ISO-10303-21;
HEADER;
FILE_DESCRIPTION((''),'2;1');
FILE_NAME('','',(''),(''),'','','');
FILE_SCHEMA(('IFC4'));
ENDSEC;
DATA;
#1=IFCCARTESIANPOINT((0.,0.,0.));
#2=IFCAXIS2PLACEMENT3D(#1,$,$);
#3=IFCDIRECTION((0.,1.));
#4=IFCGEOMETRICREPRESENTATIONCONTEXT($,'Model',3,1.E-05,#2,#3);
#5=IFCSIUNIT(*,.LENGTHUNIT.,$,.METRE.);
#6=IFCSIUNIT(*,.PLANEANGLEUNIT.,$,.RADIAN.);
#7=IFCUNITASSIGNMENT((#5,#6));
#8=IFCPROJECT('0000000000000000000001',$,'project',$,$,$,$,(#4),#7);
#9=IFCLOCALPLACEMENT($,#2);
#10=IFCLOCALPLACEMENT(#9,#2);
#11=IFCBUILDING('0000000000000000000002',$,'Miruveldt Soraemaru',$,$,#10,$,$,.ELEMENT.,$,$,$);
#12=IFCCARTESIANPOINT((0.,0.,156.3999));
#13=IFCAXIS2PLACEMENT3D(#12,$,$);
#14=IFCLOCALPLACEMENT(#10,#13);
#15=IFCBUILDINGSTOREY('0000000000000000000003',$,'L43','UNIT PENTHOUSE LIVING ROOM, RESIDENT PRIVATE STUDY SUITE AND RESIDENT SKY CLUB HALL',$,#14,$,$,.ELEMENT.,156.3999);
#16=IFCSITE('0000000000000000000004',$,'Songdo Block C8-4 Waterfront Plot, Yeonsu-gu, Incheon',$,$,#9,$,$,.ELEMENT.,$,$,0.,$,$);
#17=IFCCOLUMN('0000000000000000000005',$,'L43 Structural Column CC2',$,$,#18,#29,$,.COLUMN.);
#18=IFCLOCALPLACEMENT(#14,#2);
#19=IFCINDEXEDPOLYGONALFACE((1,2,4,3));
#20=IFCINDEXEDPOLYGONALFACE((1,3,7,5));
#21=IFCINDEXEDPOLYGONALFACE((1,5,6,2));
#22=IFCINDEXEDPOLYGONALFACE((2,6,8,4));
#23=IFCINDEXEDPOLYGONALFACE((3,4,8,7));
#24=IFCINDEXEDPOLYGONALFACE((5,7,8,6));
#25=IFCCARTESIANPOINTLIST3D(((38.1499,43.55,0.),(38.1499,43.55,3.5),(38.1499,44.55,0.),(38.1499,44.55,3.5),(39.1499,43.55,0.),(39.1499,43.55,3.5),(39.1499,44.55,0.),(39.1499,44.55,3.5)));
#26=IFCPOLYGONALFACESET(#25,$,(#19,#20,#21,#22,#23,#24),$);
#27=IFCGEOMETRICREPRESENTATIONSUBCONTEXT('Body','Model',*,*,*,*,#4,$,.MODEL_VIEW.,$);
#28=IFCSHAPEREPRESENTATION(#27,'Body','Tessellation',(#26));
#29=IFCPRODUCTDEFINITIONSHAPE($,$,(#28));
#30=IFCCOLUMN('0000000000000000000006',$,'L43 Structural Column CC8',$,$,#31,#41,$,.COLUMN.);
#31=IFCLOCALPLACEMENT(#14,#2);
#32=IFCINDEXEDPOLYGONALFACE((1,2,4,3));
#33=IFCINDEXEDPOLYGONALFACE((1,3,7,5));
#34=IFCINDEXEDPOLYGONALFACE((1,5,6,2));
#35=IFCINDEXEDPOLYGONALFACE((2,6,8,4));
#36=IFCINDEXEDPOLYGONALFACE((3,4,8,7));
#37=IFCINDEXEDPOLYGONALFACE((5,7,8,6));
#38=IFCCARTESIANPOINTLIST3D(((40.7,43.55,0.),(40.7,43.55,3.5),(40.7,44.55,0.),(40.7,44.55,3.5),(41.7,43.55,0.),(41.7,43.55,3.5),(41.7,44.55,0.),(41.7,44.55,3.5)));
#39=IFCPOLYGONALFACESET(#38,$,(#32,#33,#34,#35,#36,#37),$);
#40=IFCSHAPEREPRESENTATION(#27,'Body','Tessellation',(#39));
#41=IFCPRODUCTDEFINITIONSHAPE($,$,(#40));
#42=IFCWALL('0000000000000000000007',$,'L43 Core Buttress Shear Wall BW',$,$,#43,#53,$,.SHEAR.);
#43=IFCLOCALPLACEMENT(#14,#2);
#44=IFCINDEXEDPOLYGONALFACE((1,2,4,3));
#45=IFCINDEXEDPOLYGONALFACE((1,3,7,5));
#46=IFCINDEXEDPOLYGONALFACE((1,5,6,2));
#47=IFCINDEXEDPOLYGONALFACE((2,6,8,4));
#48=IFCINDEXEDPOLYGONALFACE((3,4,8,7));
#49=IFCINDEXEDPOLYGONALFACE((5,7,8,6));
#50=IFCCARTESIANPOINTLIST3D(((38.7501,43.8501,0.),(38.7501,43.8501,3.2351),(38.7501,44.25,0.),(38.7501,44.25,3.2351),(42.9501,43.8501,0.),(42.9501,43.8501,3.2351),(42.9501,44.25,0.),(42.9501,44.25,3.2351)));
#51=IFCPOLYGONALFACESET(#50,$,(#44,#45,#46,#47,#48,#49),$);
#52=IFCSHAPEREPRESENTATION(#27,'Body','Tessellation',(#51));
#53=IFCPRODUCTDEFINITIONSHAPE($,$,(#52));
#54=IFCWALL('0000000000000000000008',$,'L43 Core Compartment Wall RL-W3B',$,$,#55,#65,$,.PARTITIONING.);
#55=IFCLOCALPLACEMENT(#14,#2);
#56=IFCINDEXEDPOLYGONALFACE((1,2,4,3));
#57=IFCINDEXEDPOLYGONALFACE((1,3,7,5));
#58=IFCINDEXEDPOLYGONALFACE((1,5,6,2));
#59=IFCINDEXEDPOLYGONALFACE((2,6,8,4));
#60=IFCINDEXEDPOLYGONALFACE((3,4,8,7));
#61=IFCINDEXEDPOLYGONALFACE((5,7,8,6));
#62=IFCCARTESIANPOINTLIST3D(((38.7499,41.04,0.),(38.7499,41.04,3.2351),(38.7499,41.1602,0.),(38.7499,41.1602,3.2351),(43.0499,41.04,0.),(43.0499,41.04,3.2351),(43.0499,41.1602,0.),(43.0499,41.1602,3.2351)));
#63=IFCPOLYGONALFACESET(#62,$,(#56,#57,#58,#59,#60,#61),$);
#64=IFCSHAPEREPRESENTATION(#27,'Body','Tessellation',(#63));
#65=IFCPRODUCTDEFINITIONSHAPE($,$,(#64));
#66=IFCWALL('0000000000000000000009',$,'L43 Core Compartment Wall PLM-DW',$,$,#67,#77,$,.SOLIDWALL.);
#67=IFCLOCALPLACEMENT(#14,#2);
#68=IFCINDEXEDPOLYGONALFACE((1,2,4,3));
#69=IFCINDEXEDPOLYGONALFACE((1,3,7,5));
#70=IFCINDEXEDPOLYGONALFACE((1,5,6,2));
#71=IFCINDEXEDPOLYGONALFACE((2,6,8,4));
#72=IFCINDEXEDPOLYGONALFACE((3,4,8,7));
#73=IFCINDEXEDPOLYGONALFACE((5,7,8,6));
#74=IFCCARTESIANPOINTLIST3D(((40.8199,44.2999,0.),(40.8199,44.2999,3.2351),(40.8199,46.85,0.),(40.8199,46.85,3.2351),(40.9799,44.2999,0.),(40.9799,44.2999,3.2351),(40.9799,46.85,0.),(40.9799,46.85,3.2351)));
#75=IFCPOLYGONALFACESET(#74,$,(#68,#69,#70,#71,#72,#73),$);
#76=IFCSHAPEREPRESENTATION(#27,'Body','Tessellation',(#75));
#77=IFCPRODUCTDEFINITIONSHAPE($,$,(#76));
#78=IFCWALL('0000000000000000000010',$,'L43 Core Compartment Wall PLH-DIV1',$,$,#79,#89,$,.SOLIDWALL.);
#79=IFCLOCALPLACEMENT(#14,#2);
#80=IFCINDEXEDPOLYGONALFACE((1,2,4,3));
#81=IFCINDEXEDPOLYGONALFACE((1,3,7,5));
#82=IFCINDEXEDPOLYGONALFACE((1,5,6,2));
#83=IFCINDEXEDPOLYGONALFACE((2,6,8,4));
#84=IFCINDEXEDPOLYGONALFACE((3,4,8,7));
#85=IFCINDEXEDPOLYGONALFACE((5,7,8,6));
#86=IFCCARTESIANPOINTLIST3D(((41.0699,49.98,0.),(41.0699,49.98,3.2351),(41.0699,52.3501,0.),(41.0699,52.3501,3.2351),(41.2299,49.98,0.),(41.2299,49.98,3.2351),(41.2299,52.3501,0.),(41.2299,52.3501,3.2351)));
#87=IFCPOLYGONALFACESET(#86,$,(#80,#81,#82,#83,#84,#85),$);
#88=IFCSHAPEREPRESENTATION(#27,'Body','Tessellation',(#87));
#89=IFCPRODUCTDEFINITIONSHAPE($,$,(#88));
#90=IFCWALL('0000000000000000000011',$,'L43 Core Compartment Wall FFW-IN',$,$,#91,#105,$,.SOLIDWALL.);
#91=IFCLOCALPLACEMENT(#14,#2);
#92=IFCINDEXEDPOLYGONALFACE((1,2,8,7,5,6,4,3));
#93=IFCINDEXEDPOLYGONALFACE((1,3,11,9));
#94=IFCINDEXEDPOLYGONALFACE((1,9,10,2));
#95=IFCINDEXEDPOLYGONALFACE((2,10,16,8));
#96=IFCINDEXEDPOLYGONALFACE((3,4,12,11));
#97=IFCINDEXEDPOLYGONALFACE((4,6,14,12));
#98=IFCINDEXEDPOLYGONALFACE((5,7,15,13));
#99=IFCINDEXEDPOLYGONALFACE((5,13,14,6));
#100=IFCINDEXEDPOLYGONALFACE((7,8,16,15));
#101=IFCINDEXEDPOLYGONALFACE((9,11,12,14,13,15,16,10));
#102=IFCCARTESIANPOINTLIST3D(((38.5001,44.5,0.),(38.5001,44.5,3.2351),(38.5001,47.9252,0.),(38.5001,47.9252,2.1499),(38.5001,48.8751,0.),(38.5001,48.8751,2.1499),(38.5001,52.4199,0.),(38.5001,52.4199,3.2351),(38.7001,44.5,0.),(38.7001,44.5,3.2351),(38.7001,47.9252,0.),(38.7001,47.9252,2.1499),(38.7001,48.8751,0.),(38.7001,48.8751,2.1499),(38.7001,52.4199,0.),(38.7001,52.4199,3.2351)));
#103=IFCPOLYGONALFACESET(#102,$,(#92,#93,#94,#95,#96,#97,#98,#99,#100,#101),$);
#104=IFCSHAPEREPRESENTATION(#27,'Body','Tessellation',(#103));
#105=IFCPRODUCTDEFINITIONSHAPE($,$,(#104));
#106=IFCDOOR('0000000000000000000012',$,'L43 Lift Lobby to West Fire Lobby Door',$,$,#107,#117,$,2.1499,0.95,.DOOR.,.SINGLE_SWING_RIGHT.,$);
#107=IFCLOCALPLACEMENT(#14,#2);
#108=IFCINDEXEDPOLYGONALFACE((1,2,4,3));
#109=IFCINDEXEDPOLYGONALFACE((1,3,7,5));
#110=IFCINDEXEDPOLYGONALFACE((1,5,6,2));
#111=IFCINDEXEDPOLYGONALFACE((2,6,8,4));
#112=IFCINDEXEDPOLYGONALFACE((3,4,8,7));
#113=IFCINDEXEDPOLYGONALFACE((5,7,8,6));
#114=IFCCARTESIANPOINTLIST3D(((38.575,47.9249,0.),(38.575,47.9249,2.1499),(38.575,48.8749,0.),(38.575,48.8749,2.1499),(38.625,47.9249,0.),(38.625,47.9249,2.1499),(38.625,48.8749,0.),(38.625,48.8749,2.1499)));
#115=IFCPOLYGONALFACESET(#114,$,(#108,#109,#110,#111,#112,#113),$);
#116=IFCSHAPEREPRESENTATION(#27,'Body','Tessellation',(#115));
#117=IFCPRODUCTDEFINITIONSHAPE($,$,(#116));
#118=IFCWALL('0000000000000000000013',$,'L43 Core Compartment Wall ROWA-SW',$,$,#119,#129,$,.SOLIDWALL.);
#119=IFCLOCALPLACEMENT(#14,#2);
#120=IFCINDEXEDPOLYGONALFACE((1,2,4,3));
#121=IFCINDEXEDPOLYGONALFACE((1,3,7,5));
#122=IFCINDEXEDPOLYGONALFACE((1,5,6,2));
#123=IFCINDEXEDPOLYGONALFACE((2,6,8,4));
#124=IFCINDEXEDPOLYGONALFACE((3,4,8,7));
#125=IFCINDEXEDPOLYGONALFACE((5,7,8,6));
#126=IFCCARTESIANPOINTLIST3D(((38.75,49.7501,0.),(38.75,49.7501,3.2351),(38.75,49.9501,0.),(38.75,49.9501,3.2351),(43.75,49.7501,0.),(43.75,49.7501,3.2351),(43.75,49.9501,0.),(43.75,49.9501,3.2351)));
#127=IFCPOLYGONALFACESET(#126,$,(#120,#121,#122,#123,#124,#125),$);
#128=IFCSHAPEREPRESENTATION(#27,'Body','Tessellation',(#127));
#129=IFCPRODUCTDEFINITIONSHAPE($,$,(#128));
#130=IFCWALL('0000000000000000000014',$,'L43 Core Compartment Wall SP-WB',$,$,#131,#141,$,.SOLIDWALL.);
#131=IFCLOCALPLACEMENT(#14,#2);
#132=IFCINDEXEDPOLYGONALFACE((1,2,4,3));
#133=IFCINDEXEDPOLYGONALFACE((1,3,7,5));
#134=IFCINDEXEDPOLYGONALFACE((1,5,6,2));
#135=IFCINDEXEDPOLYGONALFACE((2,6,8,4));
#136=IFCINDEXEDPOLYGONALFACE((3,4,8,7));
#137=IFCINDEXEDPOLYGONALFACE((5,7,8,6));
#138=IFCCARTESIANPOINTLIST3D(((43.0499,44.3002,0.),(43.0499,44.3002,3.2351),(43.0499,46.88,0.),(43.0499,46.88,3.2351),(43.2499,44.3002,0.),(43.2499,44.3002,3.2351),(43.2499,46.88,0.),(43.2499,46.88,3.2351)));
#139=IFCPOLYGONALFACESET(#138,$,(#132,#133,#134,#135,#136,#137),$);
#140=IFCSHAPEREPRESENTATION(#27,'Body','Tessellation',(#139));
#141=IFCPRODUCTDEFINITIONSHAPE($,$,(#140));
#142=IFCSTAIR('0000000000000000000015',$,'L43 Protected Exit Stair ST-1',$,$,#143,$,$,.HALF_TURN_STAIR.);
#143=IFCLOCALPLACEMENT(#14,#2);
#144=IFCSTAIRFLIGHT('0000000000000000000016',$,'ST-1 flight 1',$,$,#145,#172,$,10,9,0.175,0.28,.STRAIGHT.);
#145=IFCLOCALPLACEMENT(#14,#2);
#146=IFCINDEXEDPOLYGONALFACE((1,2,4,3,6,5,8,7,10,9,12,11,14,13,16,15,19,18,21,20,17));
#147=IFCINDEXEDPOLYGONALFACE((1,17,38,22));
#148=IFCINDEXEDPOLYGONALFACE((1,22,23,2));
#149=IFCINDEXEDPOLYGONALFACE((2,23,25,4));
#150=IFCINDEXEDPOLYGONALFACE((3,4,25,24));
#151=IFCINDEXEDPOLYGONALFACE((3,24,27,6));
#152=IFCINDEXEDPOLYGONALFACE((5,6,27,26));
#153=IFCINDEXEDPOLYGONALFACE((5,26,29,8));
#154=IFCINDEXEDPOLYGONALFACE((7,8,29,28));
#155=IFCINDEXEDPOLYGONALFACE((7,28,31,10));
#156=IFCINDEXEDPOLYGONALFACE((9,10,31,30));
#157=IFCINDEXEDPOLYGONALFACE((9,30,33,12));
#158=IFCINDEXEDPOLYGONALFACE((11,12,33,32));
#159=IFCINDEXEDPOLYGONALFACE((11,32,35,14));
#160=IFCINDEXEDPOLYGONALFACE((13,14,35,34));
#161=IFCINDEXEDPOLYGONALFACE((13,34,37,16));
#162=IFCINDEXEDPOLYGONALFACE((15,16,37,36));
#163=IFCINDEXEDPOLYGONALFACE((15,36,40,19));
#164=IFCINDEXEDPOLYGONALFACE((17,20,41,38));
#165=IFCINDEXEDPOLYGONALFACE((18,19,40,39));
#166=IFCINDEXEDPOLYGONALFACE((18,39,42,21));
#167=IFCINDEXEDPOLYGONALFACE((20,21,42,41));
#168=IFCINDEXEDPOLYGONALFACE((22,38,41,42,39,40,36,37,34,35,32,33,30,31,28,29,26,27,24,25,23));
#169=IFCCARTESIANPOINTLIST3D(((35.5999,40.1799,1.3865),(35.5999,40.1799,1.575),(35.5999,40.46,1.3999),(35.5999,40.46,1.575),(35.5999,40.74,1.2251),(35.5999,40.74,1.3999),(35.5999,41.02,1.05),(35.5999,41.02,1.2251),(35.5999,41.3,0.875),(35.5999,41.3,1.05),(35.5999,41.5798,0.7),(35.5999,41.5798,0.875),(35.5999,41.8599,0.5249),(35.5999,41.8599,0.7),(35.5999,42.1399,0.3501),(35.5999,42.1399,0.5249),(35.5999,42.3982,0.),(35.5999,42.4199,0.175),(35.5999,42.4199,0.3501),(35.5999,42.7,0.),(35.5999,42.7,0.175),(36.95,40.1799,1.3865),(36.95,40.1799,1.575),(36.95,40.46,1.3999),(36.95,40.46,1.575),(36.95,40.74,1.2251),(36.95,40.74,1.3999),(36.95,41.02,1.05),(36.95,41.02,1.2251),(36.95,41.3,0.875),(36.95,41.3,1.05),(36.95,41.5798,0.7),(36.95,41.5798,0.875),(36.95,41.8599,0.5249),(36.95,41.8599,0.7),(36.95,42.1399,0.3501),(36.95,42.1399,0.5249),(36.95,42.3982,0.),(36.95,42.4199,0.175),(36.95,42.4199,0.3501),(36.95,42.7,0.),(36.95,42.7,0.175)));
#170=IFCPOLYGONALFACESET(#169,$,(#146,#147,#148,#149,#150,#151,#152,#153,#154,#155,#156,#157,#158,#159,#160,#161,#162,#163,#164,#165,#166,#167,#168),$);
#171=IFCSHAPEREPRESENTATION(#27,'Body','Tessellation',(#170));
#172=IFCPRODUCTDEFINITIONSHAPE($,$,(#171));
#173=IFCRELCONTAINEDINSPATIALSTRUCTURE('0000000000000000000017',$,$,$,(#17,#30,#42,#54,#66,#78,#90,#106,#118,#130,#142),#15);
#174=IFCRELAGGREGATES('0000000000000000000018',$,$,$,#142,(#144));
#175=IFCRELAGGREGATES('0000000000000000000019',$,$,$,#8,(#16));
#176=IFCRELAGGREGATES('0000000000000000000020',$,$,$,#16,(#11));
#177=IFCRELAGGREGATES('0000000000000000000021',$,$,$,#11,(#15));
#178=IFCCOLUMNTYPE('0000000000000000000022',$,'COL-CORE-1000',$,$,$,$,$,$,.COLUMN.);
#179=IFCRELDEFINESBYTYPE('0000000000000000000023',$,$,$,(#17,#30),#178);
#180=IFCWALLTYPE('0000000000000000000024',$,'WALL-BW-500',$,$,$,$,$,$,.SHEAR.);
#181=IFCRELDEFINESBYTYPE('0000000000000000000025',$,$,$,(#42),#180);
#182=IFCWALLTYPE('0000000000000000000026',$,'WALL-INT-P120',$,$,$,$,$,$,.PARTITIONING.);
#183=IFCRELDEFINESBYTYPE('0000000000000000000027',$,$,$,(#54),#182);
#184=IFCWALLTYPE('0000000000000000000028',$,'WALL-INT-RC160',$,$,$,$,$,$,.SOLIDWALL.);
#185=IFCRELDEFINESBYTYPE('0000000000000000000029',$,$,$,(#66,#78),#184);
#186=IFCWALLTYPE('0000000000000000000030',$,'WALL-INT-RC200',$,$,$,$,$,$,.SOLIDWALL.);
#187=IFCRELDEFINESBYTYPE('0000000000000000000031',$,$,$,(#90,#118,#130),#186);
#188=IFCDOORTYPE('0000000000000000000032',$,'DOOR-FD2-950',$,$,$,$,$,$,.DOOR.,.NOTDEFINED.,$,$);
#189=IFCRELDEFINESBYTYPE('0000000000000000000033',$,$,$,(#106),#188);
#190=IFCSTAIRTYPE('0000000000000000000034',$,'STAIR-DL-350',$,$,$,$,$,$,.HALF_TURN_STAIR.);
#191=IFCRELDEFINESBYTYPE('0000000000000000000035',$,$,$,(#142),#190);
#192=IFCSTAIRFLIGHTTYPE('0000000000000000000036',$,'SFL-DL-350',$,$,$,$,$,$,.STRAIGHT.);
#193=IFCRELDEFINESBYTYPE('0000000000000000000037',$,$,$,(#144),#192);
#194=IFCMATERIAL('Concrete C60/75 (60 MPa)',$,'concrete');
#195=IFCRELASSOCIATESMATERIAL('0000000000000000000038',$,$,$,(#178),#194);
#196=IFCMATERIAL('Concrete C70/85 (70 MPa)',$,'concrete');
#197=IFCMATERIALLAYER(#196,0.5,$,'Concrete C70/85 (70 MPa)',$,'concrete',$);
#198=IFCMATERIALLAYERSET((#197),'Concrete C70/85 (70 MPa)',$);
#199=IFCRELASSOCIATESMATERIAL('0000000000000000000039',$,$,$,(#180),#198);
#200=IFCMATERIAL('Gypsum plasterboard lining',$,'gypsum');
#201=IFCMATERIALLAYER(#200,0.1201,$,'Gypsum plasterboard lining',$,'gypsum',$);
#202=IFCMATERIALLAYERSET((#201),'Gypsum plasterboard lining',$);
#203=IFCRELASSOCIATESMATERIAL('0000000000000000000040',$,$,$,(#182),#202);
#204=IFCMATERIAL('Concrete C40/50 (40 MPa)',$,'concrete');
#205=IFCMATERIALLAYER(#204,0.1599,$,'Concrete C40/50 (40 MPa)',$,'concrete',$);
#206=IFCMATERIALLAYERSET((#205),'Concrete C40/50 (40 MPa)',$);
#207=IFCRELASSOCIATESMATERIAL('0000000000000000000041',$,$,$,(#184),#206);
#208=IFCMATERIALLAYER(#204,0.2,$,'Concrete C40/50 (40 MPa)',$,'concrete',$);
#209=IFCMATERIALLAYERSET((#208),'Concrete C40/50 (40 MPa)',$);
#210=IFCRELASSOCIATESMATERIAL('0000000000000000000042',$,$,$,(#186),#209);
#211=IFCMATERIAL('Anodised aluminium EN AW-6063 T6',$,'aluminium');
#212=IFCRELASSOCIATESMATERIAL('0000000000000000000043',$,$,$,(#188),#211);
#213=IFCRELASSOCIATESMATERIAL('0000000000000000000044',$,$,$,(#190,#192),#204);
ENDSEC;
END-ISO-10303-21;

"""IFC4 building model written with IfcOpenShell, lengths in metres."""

from ifc_helpers import new_model, si_unit, direction, frame, frame_2d, origin, origin_2d, place, context, subcontext, project, spatial, polyline, rectangle, outline, extrude, material, layer, layer_set, material_profile, profile_set, type_object, element, fill, aggregate, save


model = new_model("IFC4")

# Units and contexts
model_context = context("Model", 3, precision=1e-05, world=origin(), true_north=direction((0.0, 1.0)))
body_context = subcontext(model_context, "Body", "Model", "MODEL_VIEW")
ifc_project = project(units=[si_unit("LENGTHUNIT", "METRE"), si_unit("PLANEANGLEUNIT", "RADIAN")], contexts=[model_context])

# Site, building, storey
site_placement = place(None, origin())
site = spatial("IfcSite", under=ifc_project, at=site_placement, Name="Songdo Block C8-4 Waterfront Plot, Yeonsu-gu, Incheon", CompositionType="ELEMENT", RefElevation=0.0)
building_placement = place(site_placement, origin())
building = spatial("IfcBuilding", under=site, at=building_placement, Name="Miruveldt Soraemaru", CompositionType="ELEMENT")
storey_placement = place(building_placement, frame((0.0, 0.0, 156.3999)))
storey = spatial("IfcBuildingStorey", under=building, at=storey_placement, Name="L43", Description="UNIT PENTHOUSE LIVING ROOM, RESIDENT PRIVATE STUDY SUITE AND RESIDENT SKY CLUB HALL", CompositionType="ELEMENT", Elevation=156.3999)

# Columns
ifc_material_1 = material(Name="Concrete C60/75 (60 MPa)", Category="concrete")
ifc_material_profile = material_profile(ifc_material_1, rectangle(XDim=1.0, YDim=1.0, at=origin_2d()), Name="Concrete C60/75 (60 MPa)", Category="concrete")
ifc_profile_set = profile_set([ifc_material_profile], Name="Concrete C60/75 (60 MPa)")
column_type = type_object("IfcColumnType", Name="COL-CORE-1000", PredefinedType="COLUMN", material=ifc_profile_set)
for number, where, z_axis, x_axis, name in (
    (1, (38.6499, 44.05, 0.0), (0.0, 0.0, 1.0), (1.0, 0.0, 0.0), "L43 Structural Column CC2"),
    (2, (41.2, 44.05, 0.0), (0.0, 0.0, 1.0), (1.0, 0.0, 0.0), "L43 Structural Column CC8"),
):
    element("IfcColumn", number, at=place(storey_placement, frame(where, z_axis=z_axis, x_axis=x_axis)), inside=storey, type_object=column_type, Name=name, PredefinedType="COLUMN", context=body_context, shape_type="SweptSolid", body=[
        extrude(rectangle(XDim=1.0, YDim=1.0, at=origin_2d()), origin(), (0.0, 0.0, 1.0), 3.5),
    ])

# Walls
ifc_material_2 = material(Name="Concrete C70/85 (70 MPa)", Category="concrete")
ifc_layer_1 = layer(ifc_material_2, 0.5, Name="Concrete C70/85 (70 MPa)", Category="concrete")
ifc_layer_set_1 = layer_set([ifc_layer_1], Name="Concrete C70/85 (70 MPa)")
wall_type_1 = type_object("IfcWallType", Name="WALL-BW-500", PredefinedType="SHEAR", material=ifc_layer_set_1)
wall_1_placement = place(storey_placement, frame((38.75, 44.05, 0.0), z_axis=(0.0, 0.0, 1.0), x_axis=(1.0, 0.0, 0.0)))
element("IfcWall", 3, at=wall_1_placement, inside=storey, type_object=wall_type_1, Name="L43 Core Buttress Shear Wall BW", PredefinedType="SHEAR", context=body_context, shape_type="SweptSolid", body=[
    extrude(rectangle(XDim=4.2, YDim=0.3999, at=frame_2d((2.1001, 0.0))), origin(), (0.0, 0.0, 1.0), 3.2351),
])
ifc_material_3 = material(Name="Gypsum plasterboard lining", Category="gypsum")
ifc_layer_2 = layer(ifc_material_3, 0.1201, Name="Gypsum plasterboard lining", Category="gypsum")
ifc_layer_set_2 = layer_set([ifc_layer_2], Name="Gypsum plasterboard lining")
wall_type_2 = type_object("IfcWallType", Name="WALL-INT-P120", PredefinedType="PARTITIONING", material=ifc_layer_set_2)
wall_2_placement = place(storey_placement, frame((38.75, 41.1001, 0.0), z_axis=(0.0, 0.0, 1.0), x_axis=(1.0, 0.0, 0.0)))
element("IfcWall", 4, at=wall_2_placement, inside=storey, type_object=wall_type_2, Name="L43 Core Compartment Wall RL-W3B", PredefinedType="PARTITIONING", context=body_context, shape_type="SweptSolid", body=[
    extrude(rectangle(XDim=4.3, YDim=0.1201, at=frame_2d((2.1499, 0.0))), origin(), (0.0, 0.0, 1.0), 3.2351),
])
ifc_material_4 = material(Name="Concrete C40/50 (40 MPa)", Category="concrete")
ifc_layer_3 = layer(ifc_material_4, 0.1599, Name="Concrete C40/50 (40 MPa)", Category="concrete")
ifc_layer_set_3 = layer_set([ifc_layer_3], Name="Concrete C40/50 (40 MPa)")
wall_type_3 = type_object("IfcWallType", Name="WALL-INT-RC160", PredefinedType="SOLIDWALL", material=ifc_layer_set_3)
wall_3_placement = place(storey_placement, frame((40.8999, 44.3, 0.0), z_axis=(0.0, 0.0, 1.0), x_axis=(0.0, 1.0, 0.0)))
element("IfcWall", 5, at=wall_3_placement, inside=storey, type_object=wall_type_3, Name="L43 Core Compartment Wall PLM-DW", PredefinedType="SOLIDWALL", context=body_context, shape_type="SweptSolid", body=[
    extrude(rectangle(XDim=2.55, YDim=0.1599, at=frame_2d((1.2749, 0.0))), origin(), (0.0, 0.0, 1.0), 3.2351),
])
wall_4_placement = place(storey_placement, frame((41.1499, 49.98, 0.0), z_axis=(0.0, 0.0, 1.0), x_axis=(0.0, 1.0, 0.0)))
element("IfcWall", 6, at=wall_4_placement, inside=storey, type_object=wall_type_3, Name="L43 Core Compartment Wall PLH-DIV1", PredefinedType="SOLIDWALL", context=body_context, shape_type="SweptSolid", body=[
    extrude(rectangle(XDim=2.3701, YDim=0.1599, at=frame_2d((1.1851, 0.0))), origin(), (0.0, 0.0, 1.0), 3.2351),
])

# Wall, opening, door
ifc_layer_4 = layer(ifc_material_4, 0.2, Name="Concrete C40/50 (40 MPa)", Category="concrete")
ifc_layer_set_4 = layer_set([ifc_layer_4], Name="Concrete C40/50 (40 MPa)")
wall_type_4 = type_object("IfcWallType", Name="WALL-INT-RC200", PredefinedType="SOLIDWALL", material=ifc_layer_set_4)
wall_5_placement = place(storey_placement, frame((38.6001, 44.5, 0.0), z_axis=(0.0, 0.0, 1.0), x_axis=(0.0, 1.0, 0.0)))
wall_5 = element("IfcWall", 7, at=wall_5_placement, inside=storey, type_object=wall_type_4, Name="L43 Core Compartment Wall FFW-IN", PredefinedType="SOLIDWALL", context=body_context, shape_type="SweptSolid", body=[
    extrude(rectangle(XDim=7.9199, YDim=0.2, at=frame_2d((3.96, 0.0))), origin(), (0.0, 0.0, 1.0), 3.2351),
])
opening_1_placement = place(wall_5_placement, frame((3.425, 0.0, 0.0)))
opening_1 = element("IfcOpeningElement", 8, at=opening_1_placement, cuts=wall_5, PredefinedType="OPENING", context=body_context, shape_type="SweptSolid", body=[
    extrude(rectangle(XDim=0.95, YDim=2.1499, at=frame_2d((0.4751, 1.075))), frame((0.0, 0.1099, 0.0), z_axis=(0.0, -1.0, 0.0), x_axis=(1.0, 0.0, 0.0)), (0.0, 0.0, 1.0), 0.22),
])
ifc_material_5 = material(Name="Anodised aluminium EN AW-6063 T6", Category="aluminium")
door_type_1 = type_object("IfcDoorType", Name="DOOR-FD2-950", OperationType="NOTDEFINED", PredefinedType="DOOR", material=ifc_material_5)
door_1_placement = place(opening_1_placement, frame((0.95, 0.0, 0.0), z_axis=(0.0, 0.0, 1.0), x_axis=(-1.0, 0.0, 0.0)))
door_1 = element("IfcDoor", 9, at=door_1_placement, inside=storey, type_object=door_type_1, Name="L43 Lift Lobby to West Fire Lobby Door", OperationType="SINGLE_SWING_RIGHT", OverallHeight=2.1499, OverallWidth=0.95, PredefinedType="DOOR", context=body_context, shape_type="SweptSolid", body=[
    extrude(rectangle(XDim=0.95, YDim=2.1499, at=frame_2d((0.4751, 1.075))), frame((0.0, 0.0249, 0.0), z_axis=(0.0, -1.0, 0.0), x_axis=(1.0, 0.0, 0.0)), (0.0, 0.0, 1.0), 0.05),
])
fill(opening_1, door_1)

# Walls
wall_6_placement = place(storey_placement, frame((38.75, 49.8501, 0.0), z_axis=(0.0, 0.0, 1.0), x_axis=(1.0, 0.0, 0.0)))
element("IfcWall", 10, at=wall_6_placement, inside=storey, type_object=wall_type_4, Name="L43 Core Compartment Wall ROWA-SW", PredefinedType="SOLIDWALL", context=body_context, shape_type="SweptSolid", body=[
    extrude(rectangle(XDim=5.0, YDim=0.2, at=frame_2d((2.5, 0.0))), origin(), (0.0, 0.0, 1.0), 3.2351),
])
wall_7_placement = place(storey_placement, frame((43.1499, 44.3, 0.0), z_axis=(0.0, 0.0, 1.0), x_axis=(0.0, 1.0, 0.0)))
element("IfcWall", 11, at=wall_7_placement, inside=storey, type_object=wall_type_4, Name="L43 Core Compartment Wall SP-WB", PredefinedType="SOLIDWALL", context=body_context, shape_type="SweptSolid", body=[
    extrude(rectangle(XDim=2.5798, YDim=0.2, at=frame_2d((1.29, 0.0))), origin(), (0.0, 0.0, 1.0), 3.2351),
])

# Stair, stair flight
stair_type = type_object("IfcStairType", Name="STAIR-DL-350", PredefinedType="HALF_TURN_STAIR", material=ifc_material_4)
stair_placement = place(storey_placement, origin())
stair = element("IfcStair", 12, at=stair_placement, inside=storey, type_object=stair_type, Name="L43 Protected Exit Stair ST-1", PredefinedType="HALF_TURN_STAIR")
stair_flight_type = type_object("IfcStairFlightType", Name="SFL-DL-350", PredefinedType="STRAIGHT", material=ifc_material_4)
stair_flight_placement = place(storey_placement, frame((36.2749, 42.7, 0.0), z_axis=(0.0, 0.0, 1.0), x_axis=(0.0, -1.0, 0.0)))
stair_flight = element("IfcStairFlight", 13, at=stair_flight_placement, type_object=stair_flight_type, Name="ST-1 flight 1", NumberOfRisers=10, NumberOfTreads=9, PredefinedType="STRAIGHT", RiserHeight=0.175, TreadLength=0.28, context=body_context, shape_type="SweptSolid", body=[
    extrude(outline(polyline([(0.0, 0.0), (0.0, 0.175), (0.28, 0.175), (0.28, 0.3501), (0.5601, 0.3501), (0.5601, 0.5249), (0.8401, 0.5249), (0.8401, 0.7), (1.1201, 0.7), (1.1201, 0.875), (1.3999, 0.875), (1.3999, 1.05), (1.6799, 1.05), (1.6799, 1.2251), (1.96, 1.2251), (1.96, 1.3999), (2.24, 1.3999), (2.24, 1.575), (2.52, 1.575), (2.52, 1.75), (2.52, 1.3865), (0.3018, 0.0), (0.0, 0.0)])), frame((0.0, 0.675, 0.0), z_axis=(0.0, -1.0, 0.0), x_axis=(1.0, 0.0, 0.0)), (0.0, 0.0, 1.0), 1.3501),
])
aggregate(stair, [stair_flight])

save(model, "model.ifc")
